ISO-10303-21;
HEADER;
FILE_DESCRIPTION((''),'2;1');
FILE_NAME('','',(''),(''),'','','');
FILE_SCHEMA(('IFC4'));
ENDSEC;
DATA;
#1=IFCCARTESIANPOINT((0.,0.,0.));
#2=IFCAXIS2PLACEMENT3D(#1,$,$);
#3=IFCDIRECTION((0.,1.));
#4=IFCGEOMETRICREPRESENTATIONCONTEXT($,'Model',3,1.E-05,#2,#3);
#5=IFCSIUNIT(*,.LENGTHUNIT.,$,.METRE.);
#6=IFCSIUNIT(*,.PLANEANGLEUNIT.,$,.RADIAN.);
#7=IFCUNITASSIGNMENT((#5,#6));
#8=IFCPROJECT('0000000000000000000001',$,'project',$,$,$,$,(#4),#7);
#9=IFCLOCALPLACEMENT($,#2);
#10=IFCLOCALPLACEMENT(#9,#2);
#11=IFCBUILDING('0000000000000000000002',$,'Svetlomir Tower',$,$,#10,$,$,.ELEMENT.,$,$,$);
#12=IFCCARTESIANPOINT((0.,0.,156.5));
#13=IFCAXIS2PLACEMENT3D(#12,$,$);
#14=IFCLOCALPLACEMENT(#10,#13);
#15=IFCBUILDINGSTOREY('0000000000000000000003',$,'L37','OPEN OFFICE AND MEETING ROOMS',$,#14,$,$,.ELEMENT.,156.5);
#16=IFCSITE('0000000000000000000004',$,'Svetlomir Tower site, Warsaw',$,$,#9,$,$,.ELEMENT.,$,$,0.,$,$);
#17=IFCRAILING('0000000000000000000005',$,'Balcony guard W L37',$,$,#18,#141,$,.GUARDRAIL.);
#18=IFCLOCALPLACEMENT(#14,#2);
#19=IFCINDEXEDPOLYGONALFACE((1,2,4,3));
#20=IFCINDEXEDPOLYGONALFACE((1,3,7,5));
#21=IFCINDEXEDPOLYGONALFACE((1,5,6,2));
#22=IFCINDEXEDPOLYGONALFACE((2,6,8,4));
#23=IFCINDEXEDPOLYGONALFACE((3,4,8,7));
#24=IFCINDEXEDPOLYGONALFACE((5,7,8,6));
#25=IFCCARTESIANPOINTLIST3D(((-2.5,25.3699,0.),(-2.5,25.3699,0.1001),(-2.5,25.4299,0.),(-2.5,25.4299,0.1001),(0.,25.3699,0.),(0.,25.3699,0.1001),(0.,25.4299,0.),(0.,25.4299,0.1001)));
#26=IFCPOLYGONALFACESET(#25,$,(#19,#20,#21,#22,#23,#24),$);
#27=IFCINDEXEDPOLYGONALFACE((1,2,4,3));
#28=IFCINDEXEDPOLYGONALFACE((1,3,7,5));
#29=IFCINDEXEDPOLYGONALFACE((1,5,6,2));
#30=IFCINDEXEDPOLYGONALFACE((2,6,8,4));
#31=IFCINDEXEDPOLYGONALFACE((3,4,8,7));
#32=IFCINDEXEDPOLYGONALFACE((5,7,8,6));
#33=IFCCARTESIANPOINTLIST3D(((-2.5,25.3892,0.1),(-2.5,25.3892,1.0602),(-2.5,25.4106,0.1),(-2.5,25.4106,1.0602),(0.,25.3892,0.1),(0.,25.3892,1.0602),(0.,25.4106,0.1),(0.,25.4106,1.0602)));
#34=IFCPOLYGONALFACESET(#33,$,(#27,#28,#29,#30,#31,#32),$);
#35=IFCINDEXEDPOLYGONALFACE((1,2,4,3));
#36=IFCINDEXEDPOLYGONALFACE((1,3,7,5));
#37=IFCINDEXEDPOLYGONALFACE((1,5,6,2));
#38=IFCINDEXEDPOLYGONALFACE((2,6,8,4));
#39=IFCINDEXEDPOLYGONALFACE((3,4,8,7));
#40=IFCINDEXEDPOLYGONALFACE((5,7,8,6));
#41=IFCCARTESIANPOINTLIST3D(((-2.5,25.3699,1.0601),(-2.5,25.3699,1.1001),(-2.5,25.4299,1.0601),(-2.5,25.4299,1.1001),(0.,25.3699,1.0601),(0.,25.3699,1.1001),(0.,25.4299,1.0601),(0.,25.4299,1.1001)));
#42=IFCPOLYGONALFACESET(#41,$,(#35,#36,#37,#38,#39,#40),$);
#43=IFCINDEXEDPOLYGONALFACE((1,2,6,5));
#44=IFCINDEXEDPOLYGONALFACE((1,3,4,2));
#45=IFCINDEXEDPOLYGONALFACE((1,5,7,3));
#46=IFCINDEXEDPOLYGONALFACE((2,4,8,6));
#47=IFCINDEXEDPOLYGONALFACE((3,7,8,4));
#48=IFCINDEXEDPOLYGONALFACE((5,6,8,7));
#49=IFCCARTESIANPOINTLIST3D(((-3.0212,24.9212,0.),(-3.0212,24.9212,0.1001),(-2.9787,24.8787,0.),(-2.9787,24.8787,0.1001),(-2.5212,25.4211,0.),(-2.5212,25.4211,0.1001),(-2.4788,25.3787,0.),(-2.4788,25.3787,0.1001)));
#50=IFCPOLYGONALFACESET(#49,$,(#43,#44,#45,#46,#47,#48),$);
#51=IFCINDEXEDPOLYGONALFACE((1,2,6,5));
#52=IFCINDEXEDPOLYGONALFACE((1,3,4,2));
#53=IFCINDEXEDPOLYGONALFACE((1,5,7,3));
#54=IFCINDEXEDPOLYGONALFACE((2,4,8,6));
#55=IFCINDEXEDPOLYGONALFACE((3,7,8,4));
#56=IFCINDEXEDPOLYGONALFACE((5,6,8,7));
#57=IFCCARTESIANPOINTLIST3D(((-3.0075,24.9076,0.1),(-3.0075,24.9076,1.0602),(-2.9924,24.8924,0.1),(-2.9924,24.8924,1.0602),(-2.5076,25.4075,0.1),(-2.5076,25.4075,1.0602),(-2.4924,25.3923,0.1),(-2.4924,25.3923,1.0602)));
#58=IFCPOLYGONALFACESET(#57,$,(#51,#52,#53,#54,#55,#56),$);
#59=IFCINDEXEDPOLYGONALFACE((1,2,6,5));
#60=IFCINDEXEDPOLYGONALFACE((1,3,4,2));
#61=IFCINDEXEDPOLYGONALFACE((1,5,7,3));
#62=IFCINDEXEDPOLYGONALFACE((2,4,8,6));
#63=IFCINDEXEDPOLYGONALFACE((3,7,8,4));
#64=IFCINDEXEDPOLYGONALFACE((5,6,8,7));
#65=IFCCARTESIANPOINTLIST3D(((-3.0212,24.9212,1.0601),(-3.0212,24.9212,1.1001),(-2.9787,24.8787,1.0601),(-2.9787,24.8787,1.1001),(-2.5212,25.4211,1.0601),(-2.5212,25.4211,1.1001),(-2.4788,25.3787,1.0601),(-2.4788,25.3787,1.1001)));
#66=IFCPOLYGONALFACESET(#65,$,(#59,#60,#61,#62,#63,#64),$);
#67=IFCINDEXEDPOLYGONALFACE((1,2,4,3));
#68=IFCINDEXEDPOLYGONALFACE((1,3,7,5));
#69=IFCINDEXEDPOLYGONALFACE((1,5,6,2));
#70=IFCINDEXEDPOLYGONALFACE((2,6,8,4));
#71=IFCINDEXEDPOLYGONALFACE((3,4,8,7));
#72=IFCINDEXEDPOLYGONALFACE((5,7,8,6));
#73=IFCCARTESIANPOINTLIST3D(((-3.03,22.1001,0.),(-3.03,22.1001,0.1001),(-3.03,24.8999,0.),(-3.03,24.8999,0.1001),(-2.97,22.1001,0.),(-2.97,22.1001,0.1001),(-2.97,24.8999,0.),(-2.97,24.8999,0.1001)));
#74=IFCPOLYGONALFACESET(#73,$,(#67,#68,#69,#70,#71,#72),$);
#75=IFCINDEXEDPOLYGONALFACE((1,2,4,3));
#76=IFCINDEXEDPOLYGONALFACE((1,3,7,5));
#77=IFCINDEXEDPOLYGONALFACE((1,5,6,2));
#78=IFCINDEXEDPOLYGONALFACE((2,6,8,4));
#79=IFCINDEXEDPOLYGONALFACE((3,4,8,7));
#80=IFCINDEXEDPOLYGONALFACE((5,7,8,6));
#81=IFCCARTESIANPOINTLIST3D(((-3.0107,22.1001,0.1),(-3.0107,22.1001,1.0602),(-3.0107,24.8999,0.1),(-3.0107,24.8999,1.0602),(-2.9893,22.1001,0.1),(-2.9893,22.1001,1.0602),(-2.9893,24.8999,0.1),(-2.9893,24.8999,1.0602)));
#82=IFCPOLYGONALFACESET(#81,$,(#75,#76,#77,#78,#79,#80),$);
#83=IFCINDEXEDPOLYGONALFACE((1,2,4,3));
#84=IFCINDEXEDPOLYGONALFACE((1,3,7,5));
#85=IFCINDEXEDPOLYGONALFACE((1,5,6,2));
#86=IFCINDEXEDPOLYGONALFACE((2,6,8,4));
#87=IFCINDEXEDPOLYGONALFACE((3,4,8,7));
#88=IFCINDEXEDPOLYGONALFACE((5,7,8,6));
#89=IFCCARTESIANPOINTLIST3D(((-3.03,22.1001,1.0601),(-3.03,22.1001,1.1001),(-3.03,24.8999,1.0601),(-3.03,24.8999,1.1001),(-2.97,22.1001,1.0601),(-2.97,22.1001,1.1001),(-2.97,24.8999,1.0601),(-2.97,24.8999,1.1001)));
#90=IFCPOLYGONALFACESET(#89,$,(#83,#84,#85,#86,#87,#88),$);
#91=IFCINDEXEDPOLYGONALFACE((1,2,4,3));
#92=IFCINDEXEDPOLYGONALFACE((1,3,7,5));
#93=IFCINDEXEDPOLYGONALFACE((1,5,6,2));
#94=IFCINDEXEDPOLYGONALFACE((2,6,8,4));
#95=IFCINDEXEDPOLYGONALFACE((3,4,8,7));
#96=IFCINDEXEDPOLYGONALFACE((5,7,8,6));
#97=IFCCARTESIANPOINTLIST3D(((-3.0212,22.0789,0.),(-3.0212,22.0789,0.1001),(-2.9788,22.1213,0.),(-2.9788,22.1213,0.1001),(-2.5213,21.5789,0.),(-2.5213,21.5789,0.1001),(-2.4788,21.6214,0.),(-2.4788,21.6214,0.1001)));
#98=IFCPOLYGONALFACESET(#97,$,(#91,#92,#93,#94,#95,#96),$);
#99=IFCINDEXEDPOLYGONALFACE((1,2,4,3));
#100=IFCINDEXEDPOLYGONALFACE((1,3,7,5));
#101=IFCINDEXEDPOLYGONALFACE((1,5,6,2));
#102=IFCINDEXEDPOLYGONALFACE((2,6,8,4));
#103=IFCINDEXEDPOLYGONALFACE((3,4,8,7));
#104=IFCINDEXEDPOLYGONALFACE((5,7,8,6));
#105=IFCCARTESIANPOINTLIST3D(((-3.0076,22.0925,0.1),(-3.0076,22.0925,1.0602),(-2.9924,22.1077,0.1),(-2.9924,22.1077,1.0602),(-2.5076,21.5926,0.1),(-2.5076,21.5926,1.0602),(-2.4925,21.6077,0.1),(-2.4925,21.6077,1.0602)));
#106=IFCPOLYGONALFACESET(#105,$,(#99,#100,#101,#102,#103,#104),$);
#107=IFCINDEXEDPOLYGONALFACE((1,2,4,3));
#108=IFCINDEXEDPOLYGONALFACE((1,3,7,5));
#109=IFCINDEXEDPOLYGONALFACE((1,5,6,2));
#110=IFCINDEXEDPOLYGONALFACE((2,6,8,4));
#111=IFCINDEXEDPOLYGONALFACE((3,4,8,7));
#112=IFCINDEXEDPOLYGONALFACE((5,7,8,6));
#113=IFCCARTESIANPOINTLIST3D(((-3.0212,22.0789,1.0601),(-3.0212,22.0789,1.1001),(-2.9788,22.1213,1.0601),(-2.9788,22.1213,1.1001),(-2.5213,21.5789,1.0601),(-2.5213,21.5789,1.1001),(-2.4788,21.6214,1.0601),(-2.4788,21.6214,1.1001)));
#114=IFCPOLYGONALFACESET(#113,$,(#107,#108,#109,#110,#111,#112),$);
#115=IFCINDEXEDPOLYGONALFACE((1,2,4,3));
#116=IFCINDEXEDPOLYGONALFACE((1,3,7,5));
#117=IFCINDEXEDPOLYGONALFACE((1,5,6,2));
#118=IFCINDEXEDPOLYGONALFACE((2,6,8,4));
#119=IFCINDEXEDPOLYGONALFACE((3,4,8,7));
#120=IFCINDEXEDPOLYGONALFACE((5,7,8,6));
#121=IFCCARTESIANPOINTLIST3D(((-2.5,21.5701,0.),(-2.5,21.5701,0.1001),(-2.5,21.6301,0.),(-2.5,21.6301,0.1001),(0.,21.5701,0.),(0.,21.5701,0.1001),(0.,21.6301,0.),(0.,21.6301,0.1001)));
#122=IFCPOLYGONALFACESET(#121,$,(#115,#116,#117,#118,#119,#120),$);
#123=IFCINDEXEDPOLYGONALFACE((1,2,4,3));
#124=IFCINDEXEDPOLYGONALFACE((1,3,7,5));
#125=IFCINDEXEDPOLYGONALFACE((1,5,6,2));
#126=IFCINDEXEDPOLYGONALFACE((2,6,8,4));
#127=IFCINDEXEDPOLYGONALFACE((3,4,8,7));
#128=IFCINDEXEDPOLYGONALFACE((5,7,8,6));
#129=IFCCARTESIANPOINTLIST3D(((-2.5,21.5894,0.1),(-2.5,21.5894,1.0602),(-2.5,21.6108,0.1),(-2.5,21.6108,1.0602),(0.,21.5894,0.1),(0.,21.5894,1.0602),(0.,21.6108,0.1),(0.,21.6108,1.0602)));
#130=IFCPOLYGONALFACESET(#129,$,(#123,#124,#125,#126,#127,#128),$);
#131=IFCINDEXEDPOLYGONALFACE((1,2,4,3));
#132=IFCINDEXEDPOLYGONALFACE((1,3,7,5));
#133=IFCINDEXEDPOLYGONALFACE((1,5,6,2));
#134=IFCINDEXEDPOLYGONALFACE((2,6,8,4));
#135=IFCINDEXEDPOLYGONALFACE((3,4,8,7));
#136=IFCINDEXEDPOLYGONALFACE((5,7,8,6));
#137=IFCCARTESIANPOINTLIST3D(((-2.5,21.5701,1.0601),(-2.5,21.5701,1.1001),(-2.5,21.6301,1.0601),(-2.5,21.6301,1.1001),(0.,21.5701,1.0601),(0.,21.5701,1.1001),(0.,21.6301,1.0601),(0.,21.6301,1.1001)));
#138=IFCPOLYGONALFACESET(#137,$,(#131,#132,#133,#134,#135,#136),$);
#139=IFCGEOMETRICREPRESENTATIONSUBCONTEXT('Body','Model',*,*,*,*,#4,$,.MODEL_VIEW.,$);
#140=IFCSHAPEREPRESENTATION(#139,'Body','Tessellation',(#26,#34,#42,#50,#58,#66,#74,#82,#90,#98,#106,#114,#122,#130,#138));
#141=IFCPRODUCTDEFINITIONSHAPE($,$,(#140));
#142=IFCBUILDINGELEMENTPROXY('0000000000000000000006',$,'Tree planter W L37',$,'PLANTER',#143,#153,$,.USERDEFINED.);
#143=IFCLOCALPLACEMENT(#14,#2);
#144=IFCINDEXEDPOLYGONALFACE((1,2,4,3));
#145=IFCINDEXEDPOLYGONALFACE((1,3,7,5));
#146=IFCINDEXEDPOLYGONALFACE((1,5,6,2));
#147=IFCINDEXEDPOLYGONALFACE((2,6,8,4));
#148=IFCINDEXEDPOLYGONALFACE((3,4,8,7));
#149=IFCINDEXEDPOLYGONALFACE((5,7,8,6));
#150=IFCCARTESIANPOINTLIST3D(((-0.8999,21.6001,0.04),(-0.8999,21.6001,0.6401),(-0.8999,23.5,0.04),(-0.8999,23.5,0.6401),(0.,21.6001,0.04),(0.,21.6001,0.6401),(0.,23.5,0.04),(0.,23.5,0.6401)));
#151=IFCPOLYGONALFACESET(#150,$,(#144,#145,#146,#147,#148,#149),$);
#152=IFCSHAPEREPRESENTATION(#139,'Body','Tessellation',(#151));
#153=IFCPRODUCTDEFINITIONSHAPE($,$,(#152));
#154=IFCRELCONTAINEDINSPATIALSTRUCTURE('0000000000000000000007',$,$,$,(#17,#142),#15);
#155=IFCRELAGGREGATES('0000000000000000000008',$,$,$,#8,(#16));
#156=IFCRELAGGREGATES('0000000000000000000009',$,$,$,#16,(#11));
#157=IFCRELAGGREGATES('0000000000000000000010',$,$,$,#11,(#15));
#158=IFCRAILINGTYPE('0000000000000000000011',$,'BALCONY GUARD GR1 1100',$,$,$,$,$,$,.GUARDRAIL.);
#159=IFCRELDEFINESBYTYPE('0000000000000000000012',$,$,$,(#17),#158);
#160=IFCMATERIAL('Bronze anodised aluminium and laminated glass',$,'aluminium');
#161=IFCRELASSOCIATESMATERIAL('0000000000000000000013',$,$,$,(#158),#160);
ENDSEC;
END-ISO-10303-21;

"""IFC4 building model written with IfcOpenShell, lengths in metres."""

from ifc_helpers import new_model, si_unit, direction, frame, origin, origin_2d, place, context, subcontext, project, spatial, rectangle, extrude, material, type_object, element, save


model = new_model("IFC4")

# Units and contexts
model_context = context("Model", 3, precision=1e-05, world=origin(), true_north=direction((0.0, 1.0)))
body_context = subcontext(model_context, "Body", "Model", "MODEL_VIEW")
ifc_project = project(units=[si_unit("LENGTHUNIT", "METRE"), si_unit("PLANEANGLEUNIT", "RADIAN")], contexts=[model_context])

# Site, building, storey
site_placement = place(None, origin())
site = spatial("IfcSite", under=ifc_project, at=site_placement, Name="Svetlomir Tower site, Warsaw", CompositionType="ELEMENT", RefElevation=0.0)
building_placement = place(site_placement, origin())
building = spatial("IfcBuilding", under=site, at=building_placement, Name="Svetlomir Tower", CompositionType="ELEMENT")
storey_placement = place(building_placement, frame((0.0, 0.0, 156.5)))
storey = spatial("IfcBuildingStorey", under=building, at=storey_placement, Name="L37", Description="OPEN OFFICE AND MEETING ROOMS", CompositionType="ELEMENT", Elevation=156.5)

# Railing
ifc_material_1 = material(Name="Bronze anodised aluminium and laminated glass", Category="aluminium")
railing_type = type_object("IfcRailingType", Name="BALCONY GUARD GR1 1100", PredefinedType="GUARDRAIL", material=ifc_material_1)
railing_placement = place(storey_placement, frame((0.0, 25.3999, 0.0)))
element("IfcRailing", 1, at=railing_placement, inside=storey, type_object=railing_type, Name="Balcony guard W L37", PredefinedType="GUARDRAIL", context=body_context, shape_type="SweptSolid", body=[
    extrude(rectangle(XDim=0.0601, YDim=0.1001, at=origin_2d()), frame((0.0, 0.0, 0.05), z_axis=(-1.0, 0.0, 0.0), x_axis=(0.0, -1.0, 0.0)), (0.0, 0.0, 1.0), 2.5),
    extrude(rectangle(XDim=0.0215, YDim=0.9602, at=origin_2d()), frame((0.0, 0.0, 0.5801), z_axis=(-1.0, 0.0, 0.0), x_axis=(0.0, -1.0, 0.0)), (0.0, 0.0, 1.0), 2.5),
    extrude(rectangle(XDim=0.0601, YDim=0.04, at=origin_2d()), frame((0.0, 0.0, 1.0801), z_axis=(-1.0, 0.0, 0.0), x_axis=(0.0, -1.0, 0.0)), (0.0, 0.0, 1.0), 2.5),
    extrude(rectangle(XDim=0.0601, YDim=0.1001, at=origin_2d()), frame((-2.5, 0.0, 0.05), z_axis=(-0.707107, -0.707107, 0.0), x_axis=(0.707107, -0.707107, 0.0)), (0.0, 0.0, 1.0), 0.707),
    extrude(rectangle(XDim=0.0215, YDim=0.9602, at=origin_2d()), frame((-2.5, 0.0, 0.5801), z_axis=(-0.707107, -0.707107, 0.0), x_axis=(0.707107, -0.707107, 0.0)), (0.0, 0.0, 1.0), 0.707),
    extrude(rectangle(XDim=0.0601, YDim=0.04, at=origin_2d()), frame((-2.5, 0.0, 1.0801), z_axis=(-0.707107, -0.707107, 0.0), x_axis=(0.707107, -0.707107, 0.0)), (0.0, 0.0, 1.0), 0.707),
    extrude(rectangle(XDim=0.0601, YDim=0.1001, at=origin_2d()), frame((-3.0, -0.5, 0.05), z_axis=(0.0, -1.0, 0.0), x_axis=(1.0, 0.0, 0.0)), (0.0, 0.0, 1.0), 2.7998),
    extrude(rectangle(XDim=0.0215, YDim=0.9602, at=origin_2d()), frame((-3.0, -0.5, 0.5801), z_axis=(0.0, -1.0, 0.0), x_axis=(1.0, 0.0, 0.0)), (0.0, 0.0, 1.0), 2.7998),
    extrude(rectangle(XDim=0.0601, YDim=0.04, at=origin_2d()), frame((-3.0, -0.5, 1.0801), z_axis=(0.0, -1.0, 0.0), x_axis=(1.0, 0.0, 0.0)), (0.0, 0.0, 1.0), 2.7998),
    extrude(rectangle(XDim=0.0601, YDim=0.1001, at=origin_2d()), frame((-3.0, -3.2998, 0.05), z_axis=(0.707107, -0.707107, 0.0), x_axis=(0.707107, 0.707107, 0.0)), (0.0, 0.0, 1.0), 0.707),
    extrude(rectangle(XDim=0.0215, YDim=0.9602, at=origin_2d()), frame((-3.0, -3.2998, 0.5801), z_axis=(0.707107, -0.707107, 0.0), x_axis=(0.707107, 0.707107, 0.0)), (0.0, 0.0, 1.0), 0.707),
    extrude(rectangle(XDim=0.0601, YDim=0.04, at=origin_2d()), frame((-3.0, -3.2998, 1.0801), z_axis=(0.707107, -0.707107, 0.0), x_axis=(0.707107, 0.707107, 0.0)), (0.0, 0.0, 1.0), 0.707),
    extrude(rectangle(XDim=0.0601, YDim=0.1001, at=origin_2d()), frame((-2.5, -3.7998, 0.05), z_axis=(1.0, 0.0, 0.0), x_axis=(0.0, 1.0, 0.0)), (0.0, 0.0, 1.0), 2.5),
    extrude(rectangle(XDim=0.0215, YDim=0.9602, at=origin_2d()), frame((-2.5, -3.7998, 0.5801), z_axis=(1.0, 0.0, 0.0), x_axis=(0.0, 1.0, 0.0)), (0.0, 0.0, 1.0), 2.5),
    extrude(rectangle(XDim=0.0601, YDim=0.04, at=origin_2d()), frame((-2.5, -3.7998, 1.0801), z_axis=(1.0, 0.0, 0.0), x_axis=(0.0, 1.0, 0.0)), (0.0, 0.0, 1.0), 2.5),
])

# Building element proxy
proxy_placement = place(storey_placement, frame((-0.45, 22.55, 0.04), z_axis=(0.0, 0.0, 1.0), x_axis=(1.0, 0.0, 0.0)))
element("IfcBuildingElementProxy", 2, at=proxy_placement, inside=storey, Name="Tree planter W L37", ObjectType="PLANTER", PredefinedType="USERDEFINED", context=body_context, shape_type="SweptSolid", body=[
    extrude(rectangle(XDim=0.8999, YDim=1.8999, at=origin_2d()), origin(), (0.0, 0.0, 1.0), 0.6001),
])

save(model, "model.ifc")
